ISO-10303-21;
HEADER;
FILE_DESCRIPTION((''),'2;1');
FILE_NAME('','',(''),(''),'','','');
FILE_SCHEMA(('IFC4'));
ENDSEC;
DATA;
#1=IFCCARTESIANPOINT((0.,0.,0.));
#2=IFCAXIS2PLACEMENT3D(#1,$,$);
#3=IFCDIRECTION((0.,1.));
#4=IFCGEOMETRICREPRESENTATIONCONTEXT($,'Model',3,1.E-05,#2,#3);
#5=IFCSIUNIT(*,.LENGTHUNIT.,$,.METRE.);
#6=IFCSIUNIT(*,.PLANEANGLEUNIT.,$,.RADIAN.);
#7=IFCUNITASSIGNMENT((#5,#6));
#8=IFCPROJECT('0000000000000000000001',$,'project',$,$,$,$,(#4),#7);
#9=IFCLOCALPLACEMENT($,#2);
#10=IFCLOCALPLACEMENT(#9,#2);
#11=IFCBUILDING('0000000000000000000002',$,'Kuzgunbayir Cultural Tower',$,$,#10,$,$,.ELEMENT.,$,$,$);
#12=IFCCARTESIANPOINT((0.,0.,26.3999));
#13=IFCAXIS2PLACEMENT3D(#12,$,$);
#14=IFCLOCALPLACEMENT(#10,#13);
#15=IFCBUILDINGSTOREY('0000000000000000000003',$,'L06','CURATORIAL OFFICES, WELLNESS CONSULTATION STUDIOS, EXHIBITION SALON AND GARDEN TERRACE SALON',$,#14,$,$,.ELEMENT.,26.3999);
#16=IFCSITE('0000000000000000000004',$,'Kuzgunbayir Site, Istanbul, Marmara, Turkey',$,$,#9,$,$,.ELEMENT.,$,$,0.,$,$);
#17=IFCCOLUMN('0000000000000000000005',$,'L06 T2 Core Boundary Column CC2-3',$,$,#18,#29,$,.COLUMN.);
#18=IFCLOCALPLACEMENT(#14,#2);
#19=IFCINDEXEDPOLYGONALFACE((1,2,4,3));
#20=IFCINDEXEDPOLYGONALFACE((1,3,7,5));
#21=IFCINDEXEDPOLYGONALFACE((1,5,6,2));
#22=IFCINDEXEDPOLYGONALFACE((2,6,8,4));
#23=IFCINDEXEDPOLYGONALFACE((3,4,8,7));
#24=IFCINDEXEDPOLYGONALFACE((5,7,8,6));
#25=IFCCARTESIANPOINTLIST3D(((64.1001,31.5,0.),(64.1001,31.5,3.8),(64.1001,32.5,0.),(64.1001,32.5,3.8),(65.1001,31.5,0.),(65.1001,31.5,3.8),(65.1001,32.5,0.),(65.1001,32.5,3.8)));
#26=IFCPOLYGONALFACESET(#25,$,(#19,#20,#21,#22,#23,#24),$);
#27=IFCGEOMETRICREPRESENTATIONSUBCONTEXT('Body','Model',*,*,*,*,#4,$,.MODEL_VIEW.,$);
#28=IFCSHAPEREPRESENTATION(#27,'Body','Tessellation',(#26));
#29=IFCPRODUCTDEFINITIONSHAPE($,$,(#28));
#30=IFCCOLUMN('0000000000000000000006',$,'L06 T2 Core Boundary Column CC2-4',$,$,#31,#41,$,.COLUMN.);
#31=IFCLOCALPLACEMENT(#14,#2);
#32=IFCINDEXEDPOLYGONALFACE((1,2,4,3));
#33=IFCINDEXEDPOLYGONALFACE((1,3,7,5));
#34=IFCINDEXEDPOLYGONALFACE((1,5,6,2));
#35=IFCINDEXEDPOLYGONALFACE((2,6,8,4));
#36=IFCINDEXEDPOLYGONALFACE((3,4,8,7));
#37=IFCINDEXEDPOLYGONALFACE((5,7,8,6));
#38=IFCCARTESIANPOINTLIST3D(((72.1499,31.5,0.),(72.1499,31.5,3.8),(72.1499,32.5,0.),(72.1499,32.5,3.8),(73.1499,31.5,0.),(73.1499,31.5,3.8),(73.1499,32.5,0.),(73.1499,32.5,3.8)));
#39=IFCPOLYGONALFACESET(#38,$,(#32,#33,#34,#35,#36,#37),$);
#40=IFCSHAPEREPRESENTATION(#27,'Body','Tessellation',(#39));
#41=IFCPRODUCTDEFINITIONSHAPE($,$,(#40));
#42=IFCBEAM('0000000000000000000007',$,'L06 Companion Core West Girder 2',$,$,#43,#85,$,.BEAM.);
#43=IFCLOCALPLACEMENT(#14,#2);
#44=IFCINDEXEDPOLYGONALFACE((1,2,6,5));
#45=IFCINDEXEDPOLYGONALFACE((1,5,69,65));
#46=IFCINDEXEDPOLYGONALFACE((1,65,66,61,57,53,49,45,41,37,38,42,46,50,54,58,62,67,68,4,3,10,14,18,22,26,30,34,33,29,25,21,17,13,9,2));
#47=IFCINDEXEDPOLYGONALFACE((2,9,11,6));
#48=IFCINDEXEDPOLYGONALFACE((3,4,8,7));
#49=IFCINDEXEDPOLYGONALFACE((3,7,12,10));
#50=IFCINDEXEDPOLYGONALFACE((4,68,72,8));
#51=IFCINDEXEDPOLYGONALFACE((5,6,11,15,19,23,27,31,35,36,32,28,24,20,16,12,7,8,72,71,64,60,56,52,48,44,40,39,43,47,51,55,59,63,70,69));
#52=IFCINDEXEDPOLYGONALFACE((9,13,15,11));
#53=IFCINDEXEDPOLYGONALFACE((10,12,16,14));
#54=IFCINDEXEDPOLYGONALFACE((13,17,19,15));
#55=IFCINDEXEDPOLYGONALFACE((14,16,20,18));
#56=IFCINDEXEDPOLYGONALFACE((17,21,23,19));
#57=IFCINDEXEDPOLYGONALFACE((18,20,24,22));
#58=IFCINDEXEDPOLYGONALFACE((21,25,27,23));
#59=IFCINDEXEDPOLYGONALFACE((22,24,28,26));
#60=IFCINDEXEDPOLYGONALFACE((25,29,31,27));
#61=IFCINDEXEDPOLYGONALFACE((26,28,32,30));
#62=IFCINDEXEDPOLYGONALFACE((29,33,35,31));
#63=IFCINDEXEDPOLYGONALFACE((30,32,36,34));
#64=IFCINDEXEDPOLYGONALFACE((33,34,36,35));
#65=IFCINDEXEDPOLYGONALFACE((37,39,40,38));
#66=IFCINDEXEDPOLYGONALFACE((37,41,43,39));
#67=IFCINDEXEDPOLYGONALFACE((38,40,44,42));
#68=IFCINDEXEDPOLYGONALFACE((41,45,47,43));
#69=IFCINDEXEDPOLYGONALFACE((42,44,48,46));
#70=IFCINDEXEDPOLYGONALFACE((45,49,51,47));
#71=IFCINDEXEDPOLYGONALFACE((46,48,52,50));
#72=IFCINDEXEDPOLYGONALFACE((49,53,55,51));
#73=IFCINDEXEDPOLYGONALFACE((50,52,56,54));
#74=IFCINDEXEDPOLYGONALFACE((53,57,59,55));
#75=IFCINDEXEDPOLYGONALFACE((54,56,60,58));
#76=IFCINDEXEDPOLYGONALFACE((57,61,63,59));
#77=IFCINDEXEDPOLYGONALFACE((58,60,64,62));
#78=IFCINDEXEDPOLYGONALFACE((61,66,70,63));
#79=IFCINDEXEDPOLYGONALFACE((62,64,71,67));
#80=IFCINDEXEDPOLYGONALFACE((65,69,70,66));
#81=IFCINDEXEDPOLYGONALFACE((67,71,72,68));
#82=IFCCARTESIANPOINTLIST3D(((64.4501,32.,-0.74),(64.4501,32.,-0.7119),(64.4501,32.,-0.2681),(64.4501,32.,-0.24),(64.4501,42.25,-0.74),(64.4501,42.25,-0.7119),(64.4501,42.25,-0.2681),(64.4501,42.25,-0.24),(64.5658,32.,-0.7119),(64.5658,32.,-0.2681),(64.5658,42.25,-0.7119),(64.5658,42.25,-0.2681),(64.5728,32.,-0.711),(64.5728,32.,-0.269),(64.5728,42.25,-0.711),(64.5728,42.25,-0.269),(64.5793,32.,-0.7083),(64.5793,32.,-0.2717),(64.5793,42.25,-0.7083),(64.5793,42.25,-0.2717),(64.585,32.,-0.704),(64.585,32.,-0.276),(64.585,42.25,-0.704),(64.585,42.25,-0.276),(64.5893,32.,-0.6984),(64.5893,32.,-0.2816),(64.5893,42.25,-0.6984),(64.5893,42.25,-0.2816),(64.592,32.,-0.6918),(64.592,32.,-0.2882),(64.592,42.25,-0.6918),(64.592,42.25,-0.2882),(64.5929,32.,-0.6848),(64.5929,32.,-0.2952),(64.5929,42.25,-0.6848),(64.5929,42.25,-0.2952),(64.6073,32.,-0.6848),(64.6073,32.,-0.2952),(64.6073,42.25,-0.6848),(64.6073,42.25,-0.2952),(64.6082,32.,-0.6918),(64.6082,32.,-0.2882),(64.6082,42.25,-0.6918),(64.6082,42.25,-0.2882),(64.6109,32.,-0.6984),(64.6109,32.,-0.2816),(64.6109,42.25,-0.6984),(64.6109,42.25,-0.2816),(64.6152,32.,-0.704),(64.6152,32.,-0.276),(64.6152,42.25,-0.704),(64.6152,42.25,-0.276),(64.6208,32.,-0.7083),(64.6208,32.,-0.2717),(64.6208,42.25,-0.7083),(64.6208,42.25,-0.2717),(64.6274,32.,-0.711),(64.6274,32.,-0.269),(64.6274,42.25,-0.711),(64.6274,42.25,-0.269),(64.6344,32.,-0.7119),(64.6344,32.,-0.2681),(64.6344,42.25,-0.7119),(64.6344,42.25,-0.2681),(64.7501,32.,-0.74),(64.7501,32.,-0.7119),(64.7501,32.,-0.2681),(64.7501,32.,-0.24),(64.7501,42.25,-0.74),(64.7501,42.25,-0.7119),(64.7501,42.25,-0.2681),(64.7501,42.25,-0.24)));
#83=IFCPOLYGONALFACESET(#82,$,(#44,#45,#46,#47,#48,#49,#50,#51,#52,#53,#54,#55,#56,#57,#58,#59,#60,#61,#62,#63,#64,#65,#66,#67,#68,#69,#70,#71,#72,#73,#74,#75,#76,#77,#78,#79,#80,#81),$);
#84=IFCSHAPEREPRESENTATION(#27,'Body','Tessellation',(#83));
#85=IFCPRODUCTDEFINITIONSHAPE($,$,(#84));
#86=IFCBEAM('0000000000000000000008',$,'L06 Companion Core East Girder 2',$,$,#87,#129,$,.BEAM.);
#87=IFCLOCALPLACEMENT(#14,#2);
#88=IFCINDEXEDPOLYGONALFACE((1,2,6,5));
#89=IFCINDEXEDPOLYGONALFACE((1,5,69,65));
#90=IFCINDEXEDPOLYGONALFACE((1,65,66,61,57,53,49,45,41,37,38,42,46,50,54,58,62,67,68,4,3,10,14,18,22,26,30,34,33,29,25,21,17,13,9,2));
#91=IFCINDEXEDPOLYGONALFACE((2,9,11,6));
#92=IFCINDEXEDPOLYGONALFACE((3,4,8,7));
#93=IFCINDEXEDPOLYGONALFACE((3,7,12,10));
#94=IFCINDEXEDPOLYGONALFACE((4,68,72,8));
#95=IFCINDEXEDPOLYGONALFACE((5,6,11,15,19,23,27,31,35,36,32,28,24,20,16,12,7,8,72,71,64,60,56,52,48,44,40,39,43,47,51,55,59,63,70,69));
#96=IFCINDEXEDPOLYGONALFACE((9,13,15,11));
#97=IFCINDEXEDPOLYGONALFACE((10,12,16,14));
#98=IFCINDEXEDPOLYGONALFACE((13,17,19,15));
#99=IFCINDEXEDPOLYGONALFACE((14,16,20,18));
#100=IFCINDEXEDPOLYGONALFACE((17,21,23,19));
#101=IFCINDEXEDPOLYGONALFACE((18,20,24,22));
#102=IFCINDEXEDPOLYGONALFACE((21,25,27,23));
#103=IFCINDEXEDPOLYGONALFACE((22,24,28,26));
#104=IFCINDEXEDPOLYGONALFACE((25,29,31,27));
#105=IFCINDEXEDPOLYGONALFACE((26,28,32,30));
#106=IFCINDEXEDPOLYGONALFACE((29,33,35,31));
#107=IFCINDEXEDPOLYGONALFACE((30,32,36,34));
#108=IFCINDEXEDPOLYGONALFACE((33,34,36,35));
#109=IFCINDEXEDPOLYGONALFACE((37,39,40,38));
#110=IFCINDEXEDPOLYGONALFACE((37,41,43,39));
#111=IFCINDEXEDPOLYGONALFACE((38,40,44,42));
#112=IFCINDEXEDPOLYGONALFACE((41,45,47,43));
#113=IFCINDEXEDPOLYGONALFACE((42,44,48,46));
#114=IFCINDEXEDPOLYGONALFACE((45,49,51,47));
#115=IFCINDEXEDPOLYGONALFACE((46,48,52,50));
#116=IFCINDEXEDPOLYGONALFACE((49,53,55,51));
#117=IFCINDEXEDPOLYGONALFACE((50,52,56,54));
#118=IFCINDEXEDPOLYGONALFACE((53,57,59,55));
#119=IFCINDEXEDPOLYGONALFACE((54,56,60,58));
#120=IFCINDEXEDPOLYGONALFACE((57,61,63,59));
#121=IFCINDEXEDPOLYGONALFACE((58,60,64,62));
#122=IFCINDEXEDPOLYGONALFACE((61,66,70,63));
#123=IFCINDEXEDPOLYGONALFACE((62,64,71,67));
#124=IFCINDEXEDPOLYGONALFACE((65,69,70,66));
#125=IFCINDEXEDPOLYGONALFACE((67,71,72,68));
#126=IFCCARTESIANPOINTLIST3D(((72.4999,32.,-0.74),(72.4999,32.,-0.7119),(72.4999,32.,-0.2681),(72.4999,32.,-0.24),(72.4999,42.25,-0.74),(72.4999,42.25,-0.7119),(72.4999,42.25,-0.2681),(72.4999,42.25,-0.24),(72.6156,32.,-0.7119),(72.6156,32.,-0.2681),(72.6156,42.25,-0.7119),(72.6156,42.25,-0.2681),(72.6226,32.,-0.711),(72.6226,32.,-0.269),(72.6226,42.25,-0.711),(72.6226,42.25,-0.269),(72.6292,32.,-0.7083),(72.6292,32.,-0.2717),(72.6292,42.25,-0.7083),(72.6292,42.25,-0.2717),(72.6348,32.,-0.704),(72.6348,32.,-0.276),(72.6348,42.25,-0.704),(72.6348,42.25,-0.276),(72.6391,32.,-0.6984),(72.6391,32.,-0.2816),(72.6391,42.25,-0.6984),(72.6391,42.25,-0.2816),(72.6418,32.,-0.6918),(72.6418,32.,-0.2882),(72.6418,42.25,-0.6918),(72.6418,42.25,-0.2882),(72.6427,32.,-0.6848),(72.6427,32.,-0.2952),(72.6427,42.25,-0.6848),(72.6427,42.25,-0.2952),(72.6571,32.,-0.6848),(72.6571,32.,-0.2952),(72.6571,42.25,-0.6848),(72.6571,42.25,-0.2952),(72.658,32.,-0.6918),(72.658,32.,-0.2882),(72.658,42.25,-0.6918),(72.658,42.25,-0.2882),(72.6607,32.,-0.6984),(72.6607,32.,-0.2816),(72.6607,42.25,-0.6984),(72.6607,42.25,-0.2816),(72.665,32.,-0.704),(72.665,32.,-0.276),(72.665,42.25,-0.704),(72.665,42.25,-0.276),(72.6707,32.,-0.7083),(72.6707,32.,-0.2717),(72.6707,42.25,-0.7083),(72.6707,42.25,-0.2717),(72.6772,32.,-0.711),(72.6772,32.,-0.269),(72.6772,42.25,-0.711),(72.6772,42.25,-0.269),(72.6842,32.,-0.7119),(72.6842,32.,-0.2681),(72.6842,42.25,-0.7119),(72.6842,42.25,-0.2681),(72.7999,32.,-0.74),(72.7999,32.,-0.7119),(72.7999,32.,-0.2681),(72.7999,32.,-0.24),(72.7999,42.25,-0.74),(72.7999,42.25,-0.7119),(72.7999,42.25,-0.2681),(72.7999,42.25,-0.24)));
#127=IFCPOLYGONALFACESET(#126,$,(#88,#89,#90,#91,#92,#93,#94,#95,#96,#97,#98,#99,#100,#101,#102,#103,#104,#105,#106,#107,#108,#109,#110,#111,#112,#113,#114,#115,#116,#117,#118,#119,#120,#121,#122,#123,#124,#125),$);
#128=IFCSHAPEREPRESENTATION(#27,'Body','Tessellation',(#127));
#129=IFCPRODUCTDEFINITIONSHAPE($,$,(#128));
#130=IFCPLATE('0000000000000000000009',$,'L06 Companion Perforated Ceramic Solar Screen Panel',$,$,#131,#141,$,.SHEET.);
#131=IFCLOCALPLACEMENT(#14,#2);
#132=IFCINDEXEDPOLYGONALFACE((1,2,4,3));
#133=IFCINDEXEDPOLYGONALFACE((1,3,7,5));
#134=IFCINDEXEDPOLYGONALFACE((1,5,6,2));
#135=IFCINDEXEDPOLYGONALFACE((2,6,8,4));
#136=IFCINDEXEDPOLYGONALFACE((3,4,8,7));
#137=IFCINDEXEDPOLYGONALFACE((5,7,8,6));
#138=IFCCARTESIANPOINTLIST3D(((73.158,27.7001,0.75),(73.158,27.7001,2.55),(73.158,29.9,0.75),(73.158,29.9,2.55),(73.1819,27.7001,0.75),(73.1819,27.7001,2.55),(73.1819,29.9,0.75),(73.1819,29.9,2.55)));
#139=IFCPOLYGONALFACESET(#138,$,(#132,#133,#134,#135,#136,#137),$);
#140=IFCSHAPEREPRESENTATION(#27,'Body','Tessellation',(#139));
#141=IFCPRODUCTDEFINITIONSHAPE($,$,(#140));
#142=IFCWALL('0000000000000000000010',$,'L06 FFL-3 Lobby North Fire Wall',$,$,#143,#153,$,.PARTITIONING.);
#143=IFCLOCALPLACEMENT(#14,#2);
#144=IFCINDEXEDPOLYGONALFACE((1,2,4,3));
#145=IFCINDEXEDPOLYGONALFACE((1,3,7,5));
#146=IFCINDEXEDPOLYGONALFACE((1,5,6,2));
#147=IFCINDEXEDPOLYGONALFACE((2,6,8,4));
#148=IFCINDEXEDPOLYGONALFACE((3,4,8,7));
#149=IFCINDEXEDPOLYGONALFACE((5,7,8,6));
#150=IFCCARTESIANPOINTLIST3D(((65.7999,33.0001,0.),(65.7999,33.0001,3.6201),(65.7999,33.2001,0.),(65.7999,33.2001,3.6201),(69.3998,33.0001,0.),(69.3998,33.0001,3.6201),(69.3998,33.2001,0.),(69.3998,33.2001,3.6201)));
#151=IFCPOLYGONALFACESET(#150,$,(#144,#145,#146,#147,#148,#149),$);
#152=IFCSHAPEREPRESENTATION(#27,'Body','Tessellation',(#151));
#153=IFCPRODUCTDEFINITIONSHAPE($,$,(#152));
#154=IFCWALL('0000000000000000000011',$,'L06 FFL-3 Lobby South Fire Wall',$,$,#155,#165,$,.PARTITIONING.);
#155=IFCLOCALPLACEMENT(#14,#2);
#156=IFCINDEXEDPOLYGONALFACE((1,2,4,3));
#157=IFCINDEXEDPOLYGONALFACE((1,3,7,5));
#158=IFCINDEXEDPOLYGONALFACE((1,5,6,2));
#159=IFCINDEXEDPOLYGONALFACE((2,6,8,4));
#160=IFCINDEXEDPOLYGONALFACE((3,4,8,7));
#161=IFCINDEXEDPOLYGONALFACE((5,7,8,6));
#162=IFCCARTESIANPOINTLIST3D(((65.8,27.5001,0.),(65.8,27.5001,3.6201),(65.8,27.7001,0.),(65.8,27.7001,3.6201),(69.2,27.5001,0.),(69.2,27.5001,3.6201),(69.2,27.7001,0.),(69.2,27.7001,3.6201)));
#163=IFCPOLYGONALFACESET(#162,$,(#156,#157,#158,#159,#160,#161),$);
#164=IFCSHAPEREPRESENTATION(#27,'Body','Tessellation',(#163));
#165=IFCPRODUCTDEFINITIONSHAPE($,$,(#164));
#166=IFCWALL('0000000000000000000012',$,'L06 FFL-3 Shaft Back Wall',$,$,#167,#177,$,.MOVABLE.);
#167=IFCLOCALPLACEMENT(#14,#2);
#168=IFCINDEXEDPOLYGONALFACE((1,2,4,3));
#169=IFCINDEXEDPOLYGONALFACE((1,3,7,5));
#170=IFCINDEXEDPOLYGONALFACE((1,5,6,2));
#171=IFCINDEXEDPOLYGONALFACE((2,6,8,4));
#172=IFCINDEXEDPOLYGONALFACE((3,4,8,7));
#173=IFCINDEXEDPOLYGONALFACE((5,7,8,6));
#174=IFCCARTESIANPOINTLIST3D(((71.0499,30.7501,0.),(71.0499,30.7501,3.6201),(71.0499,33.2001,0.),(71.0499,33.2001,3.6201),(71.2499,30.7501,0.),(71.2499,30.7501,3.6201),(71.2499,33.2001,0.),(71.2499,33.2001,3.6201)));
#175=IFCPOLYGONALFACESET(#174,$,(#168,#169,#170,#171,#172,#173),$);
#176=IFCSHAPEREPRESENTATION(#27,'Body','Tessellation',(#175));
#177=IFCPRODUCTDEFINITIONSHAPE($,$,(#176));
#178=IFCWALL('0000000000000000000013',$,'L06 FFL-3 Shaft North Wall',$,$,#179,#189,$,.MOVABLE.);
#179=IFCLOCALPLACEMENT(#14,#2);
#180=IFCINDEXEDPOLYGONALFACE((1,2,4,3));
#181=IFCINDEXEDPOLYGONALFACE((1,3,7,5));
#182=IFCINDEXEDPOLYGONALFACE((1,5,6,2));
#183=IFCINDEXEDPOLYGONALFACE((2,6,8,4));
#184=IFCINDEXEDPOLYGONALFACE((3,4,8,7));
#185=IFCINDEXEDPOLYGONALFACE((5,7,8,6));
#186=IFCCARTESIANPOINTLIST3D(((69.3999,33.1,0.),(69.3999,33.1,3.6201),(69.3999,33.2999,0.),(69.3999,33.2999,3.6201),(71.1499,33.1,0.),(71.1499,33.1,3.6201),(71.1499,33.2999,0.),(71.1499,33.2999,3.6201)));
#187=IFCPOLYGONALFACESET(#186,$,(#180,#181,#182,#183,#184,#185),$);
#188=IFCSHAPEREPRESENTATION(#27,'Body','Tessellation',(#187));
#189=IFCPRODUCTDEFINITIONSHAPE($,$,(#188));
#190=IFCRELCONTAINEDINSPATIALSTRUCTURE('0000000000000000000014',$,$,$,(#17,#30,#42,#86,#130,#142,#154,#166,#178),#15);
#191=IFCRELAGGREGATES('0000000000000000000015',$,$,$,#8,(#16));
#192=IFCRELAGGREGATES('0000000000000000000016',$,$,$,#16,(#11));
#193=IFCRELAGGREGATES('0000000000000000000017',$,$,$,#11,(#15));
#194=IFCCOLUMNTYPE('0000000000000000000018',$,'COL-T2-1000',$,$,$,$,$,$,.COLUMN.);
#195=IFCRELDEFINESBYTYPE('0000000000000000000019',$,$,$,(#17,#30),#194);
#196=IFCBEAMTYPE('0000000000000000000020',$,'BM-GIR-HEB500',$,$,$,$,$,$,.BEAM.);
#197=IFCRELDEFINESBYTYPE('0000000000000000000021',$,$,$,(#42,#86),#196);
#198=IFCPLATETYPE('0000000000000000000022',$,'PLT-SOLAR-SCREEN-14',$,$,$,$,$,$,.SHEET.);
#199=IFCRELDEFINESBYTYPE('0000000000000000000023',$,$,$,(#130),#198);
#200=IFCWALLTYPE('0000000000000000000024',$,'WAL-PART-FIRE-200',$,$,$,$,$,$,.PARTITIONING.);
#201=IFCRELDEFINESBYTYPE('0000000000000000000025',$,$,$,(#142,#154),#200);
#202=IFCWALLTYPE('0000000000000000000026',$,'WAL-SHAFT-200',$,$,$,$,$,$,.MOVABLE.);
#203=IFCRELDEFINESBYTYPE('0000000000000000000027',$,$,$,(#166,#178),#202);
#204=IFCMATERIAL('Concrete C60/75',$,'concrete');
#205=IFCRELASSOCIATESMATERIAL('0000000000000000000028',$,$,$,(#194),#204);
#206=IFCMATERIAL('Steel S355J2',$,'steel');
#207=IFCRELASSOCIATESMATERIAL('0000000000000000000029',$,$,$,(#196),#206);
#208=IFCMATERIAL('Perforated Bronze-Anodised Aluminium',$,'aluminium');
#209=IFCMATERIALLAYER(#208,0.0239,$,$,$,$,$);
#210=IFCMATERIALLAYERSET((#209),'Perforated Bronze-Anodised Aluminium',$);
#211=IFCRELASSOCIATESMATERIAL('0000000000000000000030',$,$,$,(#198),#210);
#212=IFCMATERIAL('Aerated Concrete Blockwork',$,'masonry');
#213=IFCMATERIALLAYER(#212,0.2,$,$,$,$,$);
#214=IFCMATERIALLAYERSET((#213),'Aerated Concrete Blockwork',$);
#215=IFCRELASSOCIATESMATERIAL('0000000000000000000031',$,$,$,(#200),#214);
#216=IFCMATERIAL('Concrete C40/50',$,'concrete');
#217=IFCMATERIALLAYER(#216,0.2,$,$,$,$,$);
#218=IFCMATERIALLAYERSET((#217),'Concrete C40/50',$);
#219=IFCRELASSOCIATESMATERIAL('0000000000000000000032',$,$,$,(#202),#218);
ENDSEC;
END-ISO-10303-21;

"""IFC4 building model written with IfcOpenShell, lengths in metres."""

from ifc_helpers import new_model, si_unit, direction, frame, frame_2d, origin, origin_2d, place, context, subcontext, project, spatial, rectangle, i_section, extrude, material, layer, layer_set, material_profile, profile_set, type_object, element, save


model = new_model("IFC4")

# Units and contexts
model_context = context("Model", 3, precision=1e-05, world=origin(), true_north=direction((0.0, 1.0)))
body_context = subcontext(model_context, "Body", "Model", "MODEL_VIEW")
ifc_project = project(units=[si_unit("LENGTHUNIT", "METRE"), si_unit("PLANEANGLEUNIT", "RADIAN")], contexts=[model_context])

# Site, building, storey
site_placement = place(None, origin())
site = spatial("IfcSite", under=ifc_project, at=site_placement, Name="Kuzgunbayir Site, Istanbul, Marmara, Turkey", CompositionType="ELEMENT", RefElevation=0.0)
building_placement = place(site_placement, origin())
building = spatial("IfcBuilding", under=site, at=building_placement, Name="Kuzgunbayir Cultural Tower", CompositionType="ELEMENT")
storey_placement = place(building_placement, frame((0.0, 0.0, 26.3999)))
storey = spatial("IfcBuildingStorey", under=building, at=storey_placement, Name="L06", Description="CURATORIAL OFFICES, WELLNESS CONSULTATION STUDIOS, EXHIBITION SALON AND GARDEN TERRACE SALON", CompositionType="ELEMENT", Elevation=26.3999)

# Columns
ifc_material_1 = material(Name="Concrete C60/75", Category="concrete")
ifc_material_profile_1 = material_profile(ifc_material_1, rectangle(XDim=1.0, YDim=1.0, at=origin_2d()), Name="RC 1000x1000")
ifc_profile_set_1 = profile_set([ifc_material_profile_1], Name="Concrete C60/75")
column_type = type_object("IfcColumnType", Name="COL-T2-1000", PredefinedType="COLUMN", material=ifc_profile_set_1)
for number, where, z_axis, x_axis, name in (
    (1, (64.6001, 32.0, 0.0), (0.0, 0.0, 1.0), (1.0, 0.0, 0.0), "L06 T2 Core Boundary Column CC2-3"),
    (2, (72.6499, 32.0, 0.0), (0.0, 0.0, 1.0), (1.0, 0.0, 0.0), "L06 T2 Core Boundary Column CC2-4"),
):
    element("IfcColumn", number, at=place(storey_placement, frame(where, z_axis=z_axis, x_axis=x_axis)), inside=storey, type_object=column_type, Name=name, PredefinedType="COLUMN", context=body_context, shape_type="SweptSolid", body=[
        extrude(rectangle(XDim=1.0, YDim=1.0, at=origin_2d()), origin(), (0.0, 0.0, 1.0), 3.8),
    ])

# Beams
ifc_material_2 = material(Name="Steel S355J2", Category="steel")
ifc_material_profile_2 = material_profile(ifc_material_2, i_section(OverallWidth=0.3, OverallDepth=0.5, WebThickness=0.0144, FlangeThickness=0.0281, FilletRadius=0.0271, at=origin_2d()), Name="HEB 500")
ifc_profile_set_2 = profile_set([ifc_material_profile_2], Name="Steel S355J2")
beam_type = type_object("IfcBeamType", Name="BM-GIR-HEB500", PredefinedType="BEAM", material=ifc_profile_set_2)
for number, where, z_axis, x_axis, name in (
    (3, (64.6001, 32.0, -0.49), (0.0, 1.0, 0.0), (-1.0, 0.0, 0.0), "L06 Companion Core West Girder 2"),
    (4, (72.6499, 32.0, -0.49), (0.0, 1.0, 0.0), (-1.0, 0.0, 0.0), "L06 Companion Core East Girder 2"),
):
    element("IfcBeam", number, at=place(storey_placement, frame(where, z_axis=z_axis, x_axis=x_axis)), inside=storey, type_object=beam_type, Name=name, PredefinedType="BEAM", context=body_context, shape_type="SweptSolid", body=[
        extrude(i_section(OverallWidth=0.3, OverallDepth=0.5, WebThickness=0.0144, FlangeThickness=0.0281, FilletRadius=0.0271, at=origin_2d()), origin(), (0.0, 0.0, 1.0), 10.25),
    ])

# Plate
ifc_material_3 = material(Name="Perforated Bronze-Anodised Aluminium", Category="aluminium")
ifc_layer_1 = layer(ifc_material_3, 0.0239)
ifc_layer_set_1 = layer_set([ifc_layer_1], Name="Perforated Bronze-Anodised Aluminium")
plate_type = type_object("IfcPlateType", Name="PLT-SOLAR-SCREEN-14", PredefinedType="SHEET", material=ifc_layer_set_1)
plate_placement = place(storey_placement, frame((73.1699, 28.8, 0.75), z_axis=(0.0, 0.0, 1.0), x_axis=(1.0, 0.0, 0.0)))
element("IfcPlate", 5, at=plate_placement, inside=storey, type_object=plate_type, Name="L06 Companion Perforated Ceramic Solar Screen Panel", PredefinedType="SHEET", context=body_context, shape_type="SweptSolid", body=[
    extrude(rectangle(XDim=0.0239, YDim=2.2, at=origin_2d()), origin(), (0.0, 0.0, 1.0), 1.8),
])

# Walls
ifc_material_4 = material(Name="Aerated Concrete Blockwork", Category="masonry")
ifc_layer_2 = layer(ifc_material_4, 0.2)
ifc_layer_set_2 = layer_set([ifc_layer_2], Name="Aerated Concrete Blockwork")
wall_type_1 = type_object("IfcWallType", Name="WAL-PART-FIRE-200", PredefinedType="PARTITIONING", material=ifc_layer_set_2)
wall_1_placement = place(storey_placement, frame((65.8, 33.1001, 0.0), z_axis=(0.0, 0.0, 1.0), x_axis=(1.0, 0.0, 0.0)))
element("IfcWall", 6, at=wall_1_placement, inside=storey, type_object=wall_type_1, Name="L06 FFL-3 Lobby North Fire Wall", PredefinedType="PARTITIONING", context=body_context, shape_type="SweptSolid", body=[
    extrude(rectangle(XDim=3.5999, YDim=0.2, at=frame_2d((1.7998, 0.0))), origin(), (0.0, 0.0, 1.0), 3.6201),
])
wall_2_placement = place(storey_placement, frame((65.8, 27.6001, 0.0), z_axis=(0.0, 0.0, 1.0), x_axis=(1.0, 0.0, 0.0)))
element("IfcWall", 7, at=wall_2_placement, inside=storey, type_object=wall_type_1, Name="L06 FFL-3 Lobby South Fire Wall", PredefinedType="PARTITIONING", context=body_context, shape_type="SweptSolid", body=[
    extrude(rectangle(XDim=3.3999, YDim=0.2, at=frame_2d((1.7, 0.0))), origin(), (0.0, 0.0, 1.0), 3.6201),
])

# Shared definitions
ifc_material_5 = material(Name="Concrete C40/50", Category="concrete")
ifc_layer_3 = layer(ifc_material_5, 0.2)
ifc_layer_set_3 = layer_set([ifc_layer_3], Name="Concrete C40/50")
wall_type_2 = type_object("IfcWallType", Name="WAL-SHAFT-200", PredefinedType="MOVABLE", material=ifc_layer_set_3)

# Walls
wall_3_placement = place(storey_placement, frame((71.1499, 30.75, 0.0), z_axis=(0.0, 0.0, 1.0), x_axis=(0.0, 1.0, 0.0)))
element("IfcWall", 8, at=wall_3_placement, inside=storey, type_object=wall_type_2, Name="L06 FFL-3 Shaft Back Wall", PredefinedType="MOVABLE", context=body_context, shape_type="SweptSolid", body=[
    extrude(rectangle(XDim=2.45, YDim=0.2, at=frame_2d((1.2251, 0.0))), origin(), (0.0, 0.0, 1.0), 3.6201),
])
for number, where, z_axis, x_axis, name in (
    (9, (69.3999, 33.2, 0.0), (0.0, 0.0, 1.0), (1.0, 0.0, 0.0), "L06 FFL-3 Shaft North Wall"),
):
    element("IfcWall", number, at=place(storey_placement, frame(where, z_axis=z_axis, x_axis=x_axis)), inside=storey, type_object=wall_type_2, Name=name, PredefinedType="MOVABLE", context=body_context, shape_type="SweptSolid", body=[
        extrude(rectangle(XDim=1.75, YDim=0.2, at=frame_2d((0.875, 0.0))), origin(), (0.0, 0.0, 1.0), 3.6201),
    ])

save(model, "model.ifc")
